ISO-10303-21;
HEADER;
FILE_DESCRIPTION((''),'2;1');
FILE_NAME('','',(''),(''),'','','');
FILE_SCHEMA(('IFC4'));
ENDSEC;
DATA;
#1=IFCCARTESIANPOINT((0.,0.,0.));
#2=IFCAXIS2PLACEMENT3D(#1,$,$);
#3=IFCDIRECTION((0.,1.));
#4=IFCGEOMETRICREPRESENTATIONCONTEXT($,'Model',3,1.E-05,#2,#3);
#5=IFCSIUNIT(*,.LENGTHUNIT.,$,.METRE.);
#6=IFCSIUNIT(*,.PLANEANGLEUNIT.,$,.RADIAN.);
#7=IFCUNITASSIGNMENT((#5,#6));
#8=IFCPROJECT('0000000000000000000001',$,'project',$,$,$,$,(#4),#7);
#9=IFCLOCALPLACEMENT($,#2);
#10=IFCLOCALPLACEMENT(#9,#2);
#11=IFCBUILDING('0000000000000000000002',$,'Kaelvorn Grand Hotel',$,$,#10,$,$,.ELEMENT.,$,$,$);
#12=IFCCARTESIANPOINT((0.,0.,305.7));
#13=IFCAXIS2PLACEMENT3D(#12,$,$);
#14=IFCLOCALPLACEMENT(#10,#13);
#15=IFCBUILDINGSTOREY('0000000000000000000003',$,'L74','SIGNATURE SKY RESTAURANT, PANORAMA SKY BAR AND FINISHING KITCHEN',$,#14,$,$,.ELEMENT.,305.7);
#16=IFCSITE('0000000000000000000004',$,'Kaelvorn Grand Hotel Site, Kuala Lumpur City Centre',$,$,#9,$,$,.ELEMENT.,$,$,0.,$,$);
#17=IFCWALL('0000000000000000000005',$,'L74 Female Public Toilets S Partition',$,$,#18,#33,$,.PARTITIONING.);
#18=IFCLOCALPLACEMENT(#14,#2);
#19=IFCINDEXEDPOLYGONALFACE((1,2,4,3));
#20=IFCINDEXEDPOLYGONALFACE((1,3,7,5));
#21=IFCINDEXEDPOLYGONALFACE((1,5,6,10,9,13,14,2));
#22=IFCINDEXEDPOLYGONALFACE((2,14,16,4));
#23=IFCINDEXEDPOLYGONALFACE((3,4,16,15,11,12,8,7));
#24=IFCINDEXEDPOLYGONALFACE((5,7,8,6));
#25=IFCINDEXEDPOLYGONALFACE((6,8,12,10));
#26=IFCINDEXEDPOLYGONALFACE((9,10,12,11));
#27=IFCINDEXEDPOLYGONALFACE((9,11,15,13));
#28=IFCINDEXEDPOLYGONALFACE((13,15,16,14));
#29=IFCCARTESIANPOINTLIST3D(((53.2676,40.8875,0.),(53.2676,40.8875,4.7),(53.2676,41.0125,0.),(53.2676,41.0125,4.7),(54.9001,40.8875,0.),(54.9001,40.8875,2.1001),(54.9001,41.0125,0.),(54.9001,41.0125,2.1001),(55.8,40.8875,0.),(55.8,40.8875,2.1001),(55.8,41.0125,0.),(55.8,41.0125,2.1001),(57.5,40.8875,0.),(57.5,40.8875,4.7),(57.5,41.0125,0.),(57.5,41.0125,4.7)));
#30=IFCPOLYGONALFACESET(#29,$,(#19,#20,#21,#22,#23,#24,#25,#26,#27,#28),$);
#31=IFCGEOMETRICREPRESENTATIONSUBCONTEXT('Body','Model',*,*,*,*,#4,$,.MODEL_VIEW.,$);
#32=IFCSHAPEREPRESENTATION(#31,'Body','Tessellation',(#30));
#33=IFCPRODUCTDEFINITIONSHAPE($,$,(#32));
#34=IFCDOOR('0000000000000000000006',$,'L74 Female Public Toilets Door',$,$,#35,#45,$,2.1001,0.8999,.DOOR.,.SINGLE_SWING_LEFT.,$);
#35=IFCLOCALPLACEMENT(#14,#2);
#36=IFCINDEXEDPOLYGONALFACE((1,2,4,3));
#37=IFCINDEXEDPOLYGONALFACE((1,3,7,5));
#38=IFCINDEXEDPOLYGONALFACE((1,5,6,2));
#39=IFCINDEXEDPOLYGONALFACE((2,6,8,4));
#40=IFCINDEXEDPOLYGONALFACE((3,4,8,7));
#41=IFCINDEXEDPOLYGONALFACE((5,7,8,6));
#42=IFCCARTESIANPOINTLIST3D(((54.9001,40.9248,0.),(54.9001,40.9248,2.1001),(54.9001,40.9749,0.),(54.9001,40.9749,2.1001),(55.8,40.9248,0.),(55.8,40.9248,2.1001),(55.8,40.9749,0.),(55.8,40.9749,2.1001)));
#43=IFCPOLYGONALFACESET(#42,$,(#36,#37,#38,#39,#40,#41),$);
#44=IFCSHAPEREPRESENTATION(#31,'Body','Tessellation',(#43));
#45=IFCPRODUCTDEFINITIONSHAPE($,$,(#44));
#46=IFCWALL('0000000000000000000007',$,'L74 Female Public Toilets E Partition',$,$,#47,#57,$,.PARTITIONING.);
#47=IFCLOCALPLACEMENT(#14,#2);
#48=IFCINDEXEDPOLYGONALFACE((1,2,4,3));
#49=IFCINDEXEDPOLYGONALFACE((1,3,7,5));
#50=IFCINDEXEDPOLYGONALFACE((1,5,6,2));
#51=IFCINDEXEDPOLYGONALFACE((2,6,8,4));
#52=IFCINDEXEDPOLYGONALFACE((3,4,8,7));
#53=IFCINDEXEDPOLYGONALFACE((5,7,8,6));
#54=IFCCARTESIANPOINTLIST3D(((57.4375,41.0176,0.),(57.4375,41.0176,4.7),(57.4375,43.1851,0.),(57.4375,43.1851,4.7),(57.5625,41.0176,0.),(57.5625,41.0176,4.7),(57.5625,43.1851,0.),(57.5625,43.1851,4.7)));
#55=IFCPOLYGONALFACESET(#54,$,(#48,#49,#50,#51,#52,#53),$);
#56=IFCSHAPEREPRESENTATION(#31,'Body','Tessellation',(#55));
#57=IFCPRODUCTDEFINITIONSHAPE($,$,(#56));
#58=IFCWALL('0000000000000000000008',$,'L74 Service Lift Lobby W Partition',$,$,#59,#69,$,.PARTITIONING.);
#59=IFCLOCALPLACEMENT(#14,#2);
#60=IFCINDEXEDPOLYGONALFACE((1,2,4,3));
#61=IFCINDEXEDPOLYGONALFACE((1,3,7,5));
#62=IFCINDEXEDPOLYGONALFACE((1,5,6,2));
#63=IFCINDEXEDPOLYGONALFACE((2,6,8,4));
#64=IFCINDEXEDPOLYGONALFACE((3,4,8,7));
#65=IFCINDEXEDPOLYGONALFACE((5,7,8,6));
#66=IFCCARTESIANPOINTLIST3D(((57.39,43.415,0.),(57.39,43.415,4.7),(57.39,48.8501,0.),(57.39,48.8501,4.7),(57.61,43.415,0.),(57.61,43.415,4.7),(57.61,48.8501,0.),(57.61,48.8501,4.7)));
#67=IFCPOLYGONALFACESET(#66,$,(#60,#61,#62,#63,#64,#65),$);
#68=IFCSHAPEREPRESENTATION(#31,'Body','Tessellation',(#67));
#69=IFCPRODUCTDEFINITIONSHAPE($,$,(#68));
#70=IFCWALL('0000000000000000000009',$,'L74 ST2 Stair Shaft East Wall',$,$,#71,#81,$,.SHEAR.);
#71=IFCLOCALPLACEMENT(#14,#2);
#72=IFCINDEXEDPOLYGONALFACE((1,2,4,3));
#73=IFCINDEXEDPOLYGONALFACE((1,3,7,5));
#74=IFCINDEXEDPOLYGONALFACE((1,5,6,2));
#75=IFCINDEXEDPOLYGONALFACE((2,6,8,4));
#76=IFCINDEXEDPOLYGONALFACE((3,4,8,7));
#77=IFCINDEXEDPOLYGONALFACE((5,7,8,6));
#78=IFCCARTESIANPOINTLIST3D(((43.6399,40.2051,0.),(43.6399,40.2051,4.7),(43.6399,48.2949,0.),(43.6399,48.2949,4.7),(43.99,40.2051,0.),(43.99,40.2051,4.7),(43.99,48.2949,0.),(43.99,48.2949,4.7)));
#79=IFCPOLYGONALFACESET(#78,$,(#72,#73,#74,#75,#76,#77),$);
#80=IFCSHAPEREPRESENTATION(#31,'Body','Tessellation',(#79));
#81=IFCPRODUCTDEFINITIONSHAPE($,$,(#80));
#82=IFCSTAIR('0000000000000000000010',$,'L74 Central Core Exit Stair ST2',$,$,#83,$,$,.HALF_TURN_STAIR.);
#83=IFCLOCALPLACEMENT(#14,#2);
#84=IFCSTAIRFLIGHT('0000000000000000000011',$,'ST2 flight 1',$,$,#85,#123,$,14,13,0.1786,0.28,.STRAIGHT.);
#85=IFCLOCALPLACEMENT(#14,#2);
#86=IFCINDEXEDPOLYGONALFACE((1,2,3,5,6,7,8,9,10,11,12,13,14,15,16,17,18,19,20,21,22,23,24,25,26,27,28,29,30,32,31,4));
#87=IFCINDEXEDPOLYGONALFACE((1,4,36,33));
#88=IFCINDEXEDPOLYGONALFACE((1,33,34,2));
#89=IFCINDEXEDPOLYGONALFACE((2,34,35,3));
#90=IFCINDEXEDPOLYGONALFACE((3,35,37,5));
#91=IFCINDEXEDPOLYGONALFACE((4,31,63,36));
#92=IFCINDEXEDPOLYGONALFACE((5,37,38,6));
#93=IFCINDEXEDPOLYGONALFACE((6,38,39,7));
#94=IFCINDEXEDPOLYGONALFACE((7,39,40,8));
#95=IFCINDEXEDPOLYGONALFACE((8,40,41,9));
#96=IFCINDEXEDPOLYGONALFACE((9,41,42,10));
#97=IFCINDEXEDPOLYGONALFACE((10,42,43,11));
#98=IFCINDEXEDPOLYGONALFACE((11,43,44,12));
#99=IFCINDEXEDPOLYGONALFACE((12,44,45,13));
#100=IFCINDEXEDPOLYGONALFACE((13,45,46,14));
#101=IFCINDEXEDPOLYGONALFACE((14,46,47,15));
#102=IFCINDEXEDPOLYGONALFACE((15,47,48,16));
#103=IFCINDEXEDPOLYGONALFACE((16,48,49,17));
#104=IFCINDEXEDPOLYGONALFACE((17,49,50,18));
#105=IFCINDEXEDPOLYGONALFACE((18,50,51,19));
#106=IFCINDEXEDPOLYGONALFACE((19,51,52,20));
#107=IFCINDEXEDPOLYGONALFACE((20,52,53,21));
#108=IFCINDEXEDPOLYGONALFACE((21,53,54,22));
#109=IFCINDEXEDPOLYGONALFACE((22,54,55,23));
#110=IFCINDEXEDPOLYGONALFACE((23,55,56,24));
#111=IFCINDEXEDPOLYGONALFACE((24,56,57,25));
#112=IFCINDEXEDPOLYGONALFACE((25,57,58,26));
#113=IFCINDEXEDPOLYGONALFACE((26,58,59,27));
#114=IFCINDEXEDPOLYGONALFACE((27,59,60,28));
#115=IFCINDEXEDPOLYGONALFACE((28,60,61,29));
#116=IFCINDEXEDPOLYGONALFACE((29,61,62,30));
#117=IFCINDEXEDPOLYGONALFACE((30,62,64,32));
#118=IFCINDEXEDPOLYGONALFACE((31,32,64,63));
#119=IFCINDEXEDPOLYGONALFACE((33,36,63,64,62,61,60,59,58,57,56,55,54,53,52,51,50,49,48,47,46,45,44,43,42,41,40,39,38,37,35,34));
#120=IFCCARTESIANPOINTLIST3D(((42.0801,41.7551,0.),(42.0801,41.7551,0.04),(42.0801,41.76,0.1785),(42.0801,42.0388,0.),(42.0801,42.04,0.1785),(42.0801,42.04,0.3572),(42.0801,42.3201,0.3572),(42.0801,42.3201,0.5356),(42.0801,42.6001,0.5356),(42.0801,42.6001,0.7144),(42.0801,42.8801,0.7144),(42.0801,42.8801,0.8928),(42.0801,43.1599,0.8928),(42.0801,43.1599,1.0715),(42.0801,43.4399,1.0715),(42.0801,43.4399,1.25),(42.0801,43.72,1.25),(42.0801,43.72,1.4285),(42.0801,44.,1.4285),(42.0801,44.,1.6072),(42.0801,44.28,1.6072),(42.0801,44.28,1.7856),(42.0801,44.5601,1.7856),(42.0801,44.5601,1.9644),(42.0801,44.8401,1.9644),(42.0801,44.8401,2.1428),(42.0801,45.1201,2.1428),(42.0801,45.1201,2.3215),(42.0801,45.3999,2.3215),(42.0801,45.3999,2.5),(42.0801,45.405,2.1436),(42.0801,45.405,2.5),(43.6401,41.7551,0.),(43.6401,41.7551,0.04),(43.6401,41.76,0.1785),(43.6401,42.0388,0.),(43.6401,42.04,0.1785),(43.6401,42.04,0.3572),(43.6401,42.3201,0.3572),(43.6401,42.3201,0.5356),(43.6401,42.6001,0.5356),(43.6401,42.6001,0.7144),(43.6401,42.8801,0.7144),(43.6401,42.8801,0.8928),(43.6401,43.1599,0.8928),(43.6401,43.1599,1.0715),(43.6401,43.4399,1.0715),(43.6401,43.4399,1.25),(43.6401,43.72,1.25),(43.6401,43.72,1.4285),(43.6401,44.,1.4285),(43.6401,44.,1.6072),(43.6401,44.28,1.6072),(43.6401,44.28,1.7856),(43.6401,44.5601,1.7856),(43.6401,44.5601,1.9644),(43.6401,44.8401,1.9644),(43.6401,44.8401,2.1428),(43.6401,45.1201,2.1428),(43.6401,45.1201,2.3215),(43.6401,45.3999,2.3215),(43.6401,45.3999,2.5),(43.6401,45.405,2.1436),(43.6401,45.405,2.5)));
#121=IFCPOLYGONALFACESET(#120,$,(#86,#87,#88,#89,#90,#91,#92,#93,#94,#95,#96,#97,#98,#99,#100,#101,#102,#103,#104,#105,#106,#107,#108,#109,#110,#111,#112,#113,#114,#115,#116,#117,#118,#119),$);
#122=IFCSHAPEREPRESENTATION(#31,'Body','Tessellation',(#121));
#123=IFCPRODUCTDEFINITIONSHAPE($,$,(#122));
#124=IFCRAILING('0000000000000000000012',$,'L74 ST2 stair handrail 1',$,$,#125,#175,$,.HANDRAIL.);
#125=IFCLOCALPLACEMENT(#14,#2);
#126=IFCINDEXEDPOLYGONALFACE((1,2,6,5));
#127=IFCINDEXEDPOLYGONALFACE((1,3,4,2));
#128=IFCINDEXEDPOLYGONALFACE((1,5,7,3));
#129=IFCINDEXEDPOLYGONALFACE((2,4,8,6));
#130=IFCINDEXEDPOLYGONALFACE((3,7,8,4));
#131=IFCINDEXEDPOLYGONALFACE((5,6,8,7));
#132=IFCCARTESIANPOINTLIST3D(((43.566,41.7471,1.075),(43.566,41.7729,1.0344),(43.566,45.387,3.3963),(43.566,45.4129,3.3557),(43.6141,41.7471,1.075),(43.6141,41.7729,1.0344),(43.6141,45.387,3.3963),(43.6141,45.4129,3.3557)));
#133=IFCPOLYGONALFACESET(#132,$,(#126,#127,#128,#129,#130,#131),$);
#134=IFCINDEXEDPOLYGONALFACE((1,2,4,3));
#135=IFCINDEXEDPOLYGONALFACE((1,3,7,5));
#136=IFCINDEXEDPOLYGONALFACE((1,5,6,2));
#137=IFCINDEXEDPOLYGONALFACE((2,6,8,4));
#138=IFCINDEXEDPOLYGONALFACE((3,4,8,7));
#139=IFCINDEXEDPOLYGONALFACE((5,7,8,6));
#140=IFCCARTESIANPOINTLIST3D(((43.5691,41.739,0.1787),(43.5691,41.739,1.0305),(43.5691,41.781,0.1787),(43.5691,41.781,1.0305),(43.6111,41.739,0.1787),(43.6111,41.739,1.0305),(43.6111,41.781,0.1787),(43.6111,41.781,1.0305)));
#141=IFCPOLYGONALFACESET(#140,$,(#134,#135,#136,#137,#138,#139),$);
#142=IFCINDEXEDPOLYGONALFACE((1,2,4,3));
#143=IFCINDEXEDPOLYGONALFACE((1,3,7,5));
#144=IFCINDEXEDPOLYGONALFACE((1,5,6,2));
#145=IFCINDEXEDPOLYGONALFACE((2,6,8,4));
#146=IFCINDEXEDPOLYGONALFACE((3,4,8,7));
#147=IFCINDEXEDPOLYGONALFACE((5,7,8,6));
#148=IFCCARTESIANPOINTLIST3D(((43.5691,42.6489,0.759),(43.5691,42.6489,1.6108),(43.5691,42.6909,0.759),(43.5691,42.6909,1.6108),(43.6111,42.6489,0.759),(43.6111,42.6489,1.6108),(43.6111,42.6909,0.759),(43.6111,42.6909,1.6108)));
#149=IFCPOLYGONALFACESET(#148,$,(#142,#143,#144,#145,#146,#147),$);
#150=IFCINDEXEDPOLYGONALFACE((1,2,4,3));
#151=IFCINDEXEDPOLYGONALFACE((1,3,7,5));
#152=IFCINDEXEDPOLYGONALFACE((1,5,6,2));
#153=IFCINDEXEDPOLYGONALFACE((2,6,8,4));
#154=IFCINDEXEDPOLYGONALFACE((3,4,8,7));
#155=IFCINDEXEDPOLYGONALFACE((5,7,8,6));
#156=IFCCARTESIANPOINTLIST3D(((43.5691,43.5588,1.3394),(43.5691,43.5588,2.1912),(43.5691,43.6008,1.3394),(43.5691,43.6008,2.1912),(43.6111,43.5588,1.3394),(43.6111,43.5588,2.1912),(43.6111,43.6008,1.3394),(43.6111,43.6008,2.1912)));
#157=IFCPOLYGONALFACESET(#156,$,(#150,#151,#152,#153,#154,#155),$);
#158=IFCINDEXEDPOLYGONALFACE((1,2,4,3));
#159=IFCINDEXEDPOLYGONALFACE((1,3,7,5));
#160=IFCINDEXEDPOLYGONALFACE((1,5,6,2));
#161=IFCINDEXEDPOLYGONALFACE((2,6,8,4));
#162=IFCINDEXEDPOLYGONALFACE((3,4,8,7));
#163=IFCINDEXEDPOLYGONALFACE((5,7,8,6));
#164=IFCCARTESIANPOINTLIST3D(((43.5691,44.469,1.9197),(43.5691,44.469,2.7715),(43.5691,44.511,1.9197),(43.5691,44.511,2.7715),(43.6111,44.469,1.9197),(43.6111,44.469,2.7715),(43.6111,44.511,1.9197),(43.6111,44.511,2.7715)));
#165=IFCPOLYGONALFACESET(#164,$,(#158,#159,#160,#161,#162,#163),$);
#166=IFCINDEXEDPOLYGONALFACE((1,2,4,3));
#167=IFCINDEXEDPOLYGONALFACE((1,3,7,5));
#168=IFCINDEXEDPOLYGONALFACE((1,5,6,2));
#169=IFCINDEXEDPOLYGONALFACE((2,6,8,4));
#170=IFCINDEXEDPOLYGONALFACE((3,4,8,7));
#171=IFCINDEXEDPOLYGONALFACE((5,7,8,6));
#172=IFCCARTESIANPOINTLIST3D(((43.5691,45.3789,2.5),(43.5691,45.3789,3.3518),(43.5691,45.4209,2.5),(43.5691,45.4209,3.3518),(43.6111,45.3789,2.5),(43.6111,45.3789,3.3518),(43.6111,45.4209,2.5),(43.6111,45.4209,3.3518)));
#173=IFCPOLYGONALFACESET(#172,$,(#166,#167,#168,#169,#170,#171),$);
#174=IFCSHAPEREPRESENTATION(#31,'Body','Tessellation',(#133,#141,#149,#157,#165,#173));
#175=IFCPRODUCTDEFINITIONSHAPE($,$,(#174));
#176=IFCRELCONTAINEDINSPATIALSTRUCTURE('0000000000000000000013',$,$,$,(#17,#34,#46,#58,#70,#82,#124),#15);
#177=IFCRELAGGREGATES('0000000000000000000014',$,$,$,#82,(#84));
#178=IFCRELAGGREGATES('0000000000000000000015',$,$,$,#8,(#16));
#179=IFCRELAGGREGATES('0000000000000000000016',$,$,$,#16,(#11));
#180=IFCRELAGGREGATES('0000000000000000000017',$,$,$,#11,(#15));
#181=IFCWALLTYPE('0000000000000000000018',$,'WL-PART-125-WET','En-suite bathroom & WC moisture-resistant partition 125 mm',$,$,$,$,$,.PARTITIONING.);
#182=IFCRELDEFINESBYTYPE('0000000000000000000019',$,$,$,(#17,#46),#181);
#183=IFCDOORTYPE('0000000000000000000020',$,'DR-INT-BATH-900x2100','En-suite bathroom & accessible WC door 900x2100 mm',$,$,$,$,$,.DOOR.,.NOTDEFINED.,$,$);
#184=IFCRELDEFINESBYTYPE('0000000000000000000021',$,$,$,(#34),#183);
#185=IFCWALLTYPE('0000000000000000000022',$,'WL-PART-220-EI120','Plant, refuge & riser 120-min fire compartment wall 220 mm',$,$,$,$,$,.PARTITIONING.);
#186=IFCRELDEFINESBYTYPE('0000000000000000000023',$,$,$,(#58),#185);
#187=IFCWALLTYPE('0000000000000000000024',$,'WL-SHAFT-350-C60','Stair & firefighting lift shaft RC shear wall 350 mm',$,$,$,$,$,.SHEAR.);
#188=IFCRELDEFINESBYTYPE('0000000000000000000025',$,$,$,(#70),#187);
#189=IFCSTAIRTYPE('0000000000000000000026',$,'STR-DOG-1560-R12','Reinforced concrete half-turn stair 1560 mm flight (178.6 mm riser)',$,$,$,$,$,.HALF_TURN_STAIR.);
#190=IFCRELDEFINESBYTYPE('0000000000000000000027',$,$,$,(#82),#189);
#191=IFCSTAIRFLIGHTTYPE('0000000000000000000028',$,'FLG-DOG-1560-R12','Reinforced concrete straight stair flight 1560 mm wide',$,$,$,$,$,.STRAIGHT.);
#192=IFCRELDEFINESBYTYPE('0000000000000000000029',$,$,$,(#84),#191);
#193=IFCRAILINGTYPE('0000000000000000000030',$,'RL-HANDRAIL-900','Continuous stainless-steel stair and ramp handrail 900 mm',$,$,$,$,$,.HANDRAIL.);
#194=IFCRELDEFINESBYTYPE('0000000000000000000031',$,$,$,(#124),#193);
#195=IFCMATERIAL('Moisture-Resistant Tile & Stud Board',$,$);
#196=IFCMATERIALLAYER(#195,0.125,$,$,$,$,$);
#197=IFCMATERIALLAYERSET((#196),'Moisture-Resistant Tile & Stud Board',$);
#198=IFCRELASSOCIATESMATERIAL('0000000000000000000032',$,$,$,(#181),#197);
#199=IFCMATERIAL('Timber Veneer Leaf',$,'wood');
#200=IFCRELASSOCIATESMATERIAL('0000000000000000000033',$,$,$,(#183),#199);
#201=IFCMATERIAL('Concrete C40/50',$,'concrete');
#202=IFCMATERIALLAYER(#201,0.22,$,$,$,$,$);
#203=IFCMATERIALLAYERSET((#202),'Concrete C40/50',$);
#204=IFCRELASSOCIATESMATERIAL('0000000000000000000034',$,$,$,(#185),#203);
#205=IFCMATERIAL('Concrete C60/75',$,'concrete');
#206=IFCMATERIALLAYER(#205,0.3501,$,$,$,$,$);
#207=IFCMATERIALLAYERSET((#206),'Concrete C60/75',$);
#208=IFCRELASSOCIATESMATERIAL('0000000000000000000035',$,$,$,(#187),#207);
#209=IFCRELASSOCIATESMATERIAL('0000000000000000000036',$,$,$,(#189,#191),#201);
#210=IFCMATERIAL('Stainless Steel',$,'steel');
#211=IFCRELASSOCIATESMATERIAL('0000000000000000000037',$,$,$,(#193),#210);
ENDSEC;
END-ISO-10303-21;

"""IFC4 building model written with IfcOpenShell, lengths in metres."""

from ifc_helpers import new_model, si_unit, direction, frame, frame_2d, origin, origin_2d, place, context, subcontext, project, spatial, polyline, rectangle, outline, extrude, material, layer, layer_set, type_object, element, fill, aggregate, save


model = new_model("IFC4")

# Units and contexts
model_context = context("Model", 3, precision=1e-05, world=origin(), true_north=direction((0.0, 1.0)))
body_context = subcontext(model_context, "Body", "Model", "MODEL_VIEW")
ifc_project = project(units=[si_unit("LENGTHUNIT", "METRE"), si_unit("PLANEANGLEUNIT", "RADIAN")], contexts=[model_context])

# Site, building, storey
site_placement = place(None, origin())
site = spatial("IfcSite", under=ifc_project, at=site_placement, Name="Kaelvorn Grand Hotel Site, Kuala Lumpur City Centre", CompositionType="ELEMENT", RefElevation=0.0)
building_placement = place(site_placement, origin())
building = spatial("IfcBuilding", under=site, at=building_placement, Name="Kaelvorn Grand Hotel", CompositionType="ELEMENT")
storey_placement = place(building_placement, frame((0.0, 0.0, 305.7)))
storey = spatial("IfcBuildingStorey", under=building, at=storey_placement, Name="L74", Description="SIGNATURE SKY RESTAURANT, PANORAMA SKY BAR AND FINISHING KITCHEN", CompositionType="ELEMENT", Elevation=305.7)

# Shared definitions
ifc_material_1 = material(Name="Moisture-Resistant Tile & Stud Board")
ifc_layer_1 = layer(ifc_material_1, 0.125)
ifc_layer_set_1 = layer_set([ifc_layer_1], Name="Moisture-Resistant Tile & Stud Board")
wall_type_1 = type_object("IfcWallType", Name="WL-PART-125-WET", Description="En-suite bathroom & WC moisture-resistant partition 125 mm", PredefinedType="PARTITIONING", material=ifc_layer_set_1)
ifc_material_2 = material(Name="Timber Veneer Leaf", Category="wood")
door_type_1 = type_object("IfcDoorType", Name="DR-INT-BATH-900x2100", Description="En-suite bathroom & accessible WC door 900x2100 mm", OperationType="NOTDEFINED", PredefinedType="DOOR", material=ifc_material_2)

# Wall, opening, door
wall_1_placement = place(storey_placement, frame((53.2676, 40.95, 0.0), z_axis=(0.0, 0.0, 1.0), x_axis=(1.0, 0.0, 0.0)))
wall_1 = element("IfcWall", 1, at=wall_1_placement, inside=storey, type_object=wall_type_1, Name="L74 Female Public Toilets S Partition", PredefinedType="PARTITIONING", context=body_context, shape_type="SweptSolid", body=[
    extrude(rectangle(XDim=4.2324, YDim=0.125, at=frame_2d((2.1162, 0.0))), origin(), (0.0, 0.0, 1.0), 4.7),
])
opening_1_placement = place(wall_1_placement, frame((1.6326, 0.0, 0.0)))
opening_1 = element("IfcOpeningElement", 2, at=opening_1_placement, cuts=wall_1, PredefinedType="OPENING", context=body_context, shape_type="SweptSolid", body=[
    extrude(rectangle(XDim=0.8999, YDim=2.1001, at=frame_2d((0.45, 1.05))), frame((0.0, 0.0725, 0.0), z_axis=(0.0, -1.0, 0.0), x_axis=(1.0, 0.0, 0.0)), (0.0, 0.0, 1.0), 0.145),
])
door_1_placement = place(opening_1_placement, origin())
door_1 = element("IfcDoor", 3, at=door_1_placement, inside=storey, type_object=door_type_1, Name="L74 Female Public Toilets Door", OperationType="SINGLE_SWING_LEFT", OverallHeight=2.1001, OverallWidth=0.8999, PredefinedType="DOOR", context=body_context, shape_type="SweptSolid", body=[
    extrude(rectangle(XDim=0.8999, YDim=2.1001, at=frame_2d((0.45, 1.05))), frame((0.0, 0.0249, 0.0), z_axis=(0.0, -1.0, 0.0), x_axis=(1.0, 0.0, 0.0)), (0.0, 0.0, 1.0), 0.05),
])
fill(opening_1, door_1)

# Wall
wall_2_placement = place(storey_placement, frame((57.5, 41.0176, 0.0), z_axis=(0.0, 0.0, 1.0), x_axis=(0.0, 1.0, 0.0)))
element("IfcWall", 4, at=wall_2_placement, inside=storey, type_object=wall_type_1, Name="L74 Female Public Toilets E Partition", PredefinedType="PARTITIONING", context=body_context, shape_type="SweptSolid", body=[
    extrude(rectangle(XDim=2.1675, YDim=0.125, at=frame_2d((1.0837, 0.0))), origin(), (0.0, 0.0, 1.0), 4.7),
])

# Shared definitions
ifc_material_3 = material(Name="Concrete C40/50", Category="concrete")
ifc_layer_2 = layer(ifc_material_3, 0.22)
ifc_layer_set_2 = layer_set([ifc_layer_2], Name="Concrete C40/50")
wall_type_2 = type_object("IfcWallType", Name="WL-PART-220-EI120", Description="Plant, refuge & riser 120-min fire compartment wall 220 mm", PredefinedType="PARTITIONING", material=ifc_layer_set_2)

# Walls
wall_3_placement = place(storey_placement, frame((57.5, 43.415, 0.0), z_axis=(0.0, 0.0, 1.0), x_axis=(0.0, 1.0, 0.0)))
element("IfcWall", 5, at=wall_3_placement, inside=storey, type_object=wall_type_2, Name="L74 Service Lift Lobby W Partition", PredefinedType="PARTITIONING", context=body_context, shape_type="SweptSolid", body=[
    extrude(rectangle(XDim=5.4351, YDim=0.22, at=frame_2d((2.7175, 0.0))), origin(), (0.0, 0.0, 1.0), 4.7),
])
ifc_material_4 = material(Name="Concrete C60/75", Category="concrete")
ifc_layer_3 = layer(ifc_material_4, 0.3501)
ifc_layer_set_3 = layer_set([ifc_layer_3], Name="Concrete C60/75")
wall_type_3 = type_object("IfcWallType", Name="WL-SHAFT-350-C60", Description="Stair & firefighting lift shaft RC shear wall 350 mm", PredefinedType="SHEAR", material=ifc_layer_set_3)
wall_4_placement = place(storey_placement, frame((43.8149, 40.2051, 0.0), z_axis=(0.0, 0.0, 1.0), x_axis=(0.0, 1.0, 0.0)))
element("IfcWall", 6, at=wall_4_placement, inside=storey, type_object=wall_type_3, Name="L74 ST2 Stair Shaft East Wall", PredefinedType="SHEAR", context=body_context, shape_type="SweptSolid", body=[
    extrude(rectangle(XDim=8.0898, YDim=0.3501, at=frame_2d((4.0449, 0.0))), origin(), (0.0, 0.0, 1.0), 4.7),
])

# Stair, stair flight
stair_type = type_object("IfcStairType", Name="STR-DOG-1560-R12", Description="Reinforced concrete half-turn stair 1560 mm flight (178.6 mm riser)", PredefinedType="HALF_TURN_STAIR", material=ifc_material_3)
stair_placement = place(storey_placement, origin())
stair = element("IfcStair", 7, at=stair_placement, inside=storey, type_object=stair_type, Name="L74 Central Core Exit Stair ST2", PredefinedType="HALF_TURN_STAIR")
stair_flight_type = type_object("IfcStairFlightType", Name="FLG-DOG-1560-R12", Description="Reinforced concrete straight stair flight 1560 mm wide", PredefinedType="STRAIGHT", material=ifc_material_3)
stair_flight_placement = place(storey_placement, frame((42.8601, 41.76, 0.0), z_axis=(0.0, 0.0, 1.0), x_axis=(0.0, 1.0, 0.0)))
stair_flight = element("IfcStairFlight", 8, at=stair_flight_placement, type_object=stair_flight_type, Name="ST2 flight 1", NumberOfRisers=14, NumberOfTreads=13, PredefinedType="STRAIGHT", RiserHeight=0.1786, TreadLength=0.28, context=body_context, shape_type="SweptSolid", body=[
    extrude(outline(polyline([(-0.0049, 0.0), (-0.0049, 0.04), (0.0, 0.1785), (0.28, 0.1785), (0.28, 0.3572), (0.5601, 0.3572), (0.5601, 0.5356), (0.8401, 0.5356), (0.8401, 0.7144), (1.1201, 0.7144), (1.1201, 0.8928), (1.3999, 0.8928), (1.3999, 1.0715), (1.6799, 1.0715), (1.6799, 1.25), (1.96, 1.25), (1.96, 1.4285), (2.24, 1.4285), (2.24, 1.6072), (2.52, 1.6072), (2.52, 1.7856), (2.8, 1.7856), (2.8, 1.9644), (3.0801, 1.9644), (3.0801, 2.1428), (3.3601, 2.1428), (3.3601, 2.3215), (3.6399, 2.3215), (3.6399, 2.5), (3.645, 2.5), (3.645, 2.1436), (0.2788, 0.0), (-0.0049, 0.0)])), frame((0.0, 0.78, 0.0), z_axis=(0.0, -1.0, 0.0), x_axis=(1.0, 0.0, 0.0)), (0.0, 0.0, 1.0), 1.5601),
])
aggregate(stair, [stair_flight])

# Railing
ifc_material_5 = material(Name="Stainless Steel", Category="steel")
railing_type_1 = type_object("IfcRailingType", Name="RL-HANDRAIL-900", Description="Continuous stainless-steel stair and ramp handrail 900 mm", PredefinedType="HANDRAIL", material=ifc_material_5)
railing_1_placement = place(storey_placement, frame((43.5901, 41.76, 0.1787)))
element("IfcRailing", 9, at=railing_1_placement, inside=storey, type_object=railing_type_1, Name="L74 ST2 stair handrail 1", PredefinedType="HANDRAIL", context=body_context, shape_type="SweptSolid", body=[
    extrude(rectangle(XDim=0.0481, YDim=0.0481, at=origin_2d()), frame((0.0, 0.0, 0.876), z_axis=(0.0, 0.843137, 0.537699), x_axis=(-1.0, 0.0, 0.0)), (0.0, 0.0, 1.0), 4.3171),
    extrude(rectangle(XDim=0.042, YDim=0.042, at=origin_2d()), origin(), (0.0, 0.0, 1.0), 0.8518),
    extrude(rectangle(XDim=0.042, YDim=0.042, at=origin_2d()), frame((0.0, 0.9099, 0.5803)), (0.0, 0.0, 1.0), 0.8518),
    extrude(rectangle(XDim=0.042, YDim=0.042, at=origin_2d()), frame((0.0, 1.8198, 1.1606)), (0.0, 0.0, 1.0), 0.8518),
    extrude(rectangle(XDim=0.042, YDim=0.042, at=origin_2d()), frame((0.0, 2.73, 1.741)), (0.0, 0.0, 1.0), 0.8518),
    extrude(rectangle(XDim=0.042, YDim=0.042, at=origin_2d()), frame((0.0, 3.6399, 2.3213)), (0.0, 0.0, 1.0), 0.8518),
])

save(model, "model.ifc")
